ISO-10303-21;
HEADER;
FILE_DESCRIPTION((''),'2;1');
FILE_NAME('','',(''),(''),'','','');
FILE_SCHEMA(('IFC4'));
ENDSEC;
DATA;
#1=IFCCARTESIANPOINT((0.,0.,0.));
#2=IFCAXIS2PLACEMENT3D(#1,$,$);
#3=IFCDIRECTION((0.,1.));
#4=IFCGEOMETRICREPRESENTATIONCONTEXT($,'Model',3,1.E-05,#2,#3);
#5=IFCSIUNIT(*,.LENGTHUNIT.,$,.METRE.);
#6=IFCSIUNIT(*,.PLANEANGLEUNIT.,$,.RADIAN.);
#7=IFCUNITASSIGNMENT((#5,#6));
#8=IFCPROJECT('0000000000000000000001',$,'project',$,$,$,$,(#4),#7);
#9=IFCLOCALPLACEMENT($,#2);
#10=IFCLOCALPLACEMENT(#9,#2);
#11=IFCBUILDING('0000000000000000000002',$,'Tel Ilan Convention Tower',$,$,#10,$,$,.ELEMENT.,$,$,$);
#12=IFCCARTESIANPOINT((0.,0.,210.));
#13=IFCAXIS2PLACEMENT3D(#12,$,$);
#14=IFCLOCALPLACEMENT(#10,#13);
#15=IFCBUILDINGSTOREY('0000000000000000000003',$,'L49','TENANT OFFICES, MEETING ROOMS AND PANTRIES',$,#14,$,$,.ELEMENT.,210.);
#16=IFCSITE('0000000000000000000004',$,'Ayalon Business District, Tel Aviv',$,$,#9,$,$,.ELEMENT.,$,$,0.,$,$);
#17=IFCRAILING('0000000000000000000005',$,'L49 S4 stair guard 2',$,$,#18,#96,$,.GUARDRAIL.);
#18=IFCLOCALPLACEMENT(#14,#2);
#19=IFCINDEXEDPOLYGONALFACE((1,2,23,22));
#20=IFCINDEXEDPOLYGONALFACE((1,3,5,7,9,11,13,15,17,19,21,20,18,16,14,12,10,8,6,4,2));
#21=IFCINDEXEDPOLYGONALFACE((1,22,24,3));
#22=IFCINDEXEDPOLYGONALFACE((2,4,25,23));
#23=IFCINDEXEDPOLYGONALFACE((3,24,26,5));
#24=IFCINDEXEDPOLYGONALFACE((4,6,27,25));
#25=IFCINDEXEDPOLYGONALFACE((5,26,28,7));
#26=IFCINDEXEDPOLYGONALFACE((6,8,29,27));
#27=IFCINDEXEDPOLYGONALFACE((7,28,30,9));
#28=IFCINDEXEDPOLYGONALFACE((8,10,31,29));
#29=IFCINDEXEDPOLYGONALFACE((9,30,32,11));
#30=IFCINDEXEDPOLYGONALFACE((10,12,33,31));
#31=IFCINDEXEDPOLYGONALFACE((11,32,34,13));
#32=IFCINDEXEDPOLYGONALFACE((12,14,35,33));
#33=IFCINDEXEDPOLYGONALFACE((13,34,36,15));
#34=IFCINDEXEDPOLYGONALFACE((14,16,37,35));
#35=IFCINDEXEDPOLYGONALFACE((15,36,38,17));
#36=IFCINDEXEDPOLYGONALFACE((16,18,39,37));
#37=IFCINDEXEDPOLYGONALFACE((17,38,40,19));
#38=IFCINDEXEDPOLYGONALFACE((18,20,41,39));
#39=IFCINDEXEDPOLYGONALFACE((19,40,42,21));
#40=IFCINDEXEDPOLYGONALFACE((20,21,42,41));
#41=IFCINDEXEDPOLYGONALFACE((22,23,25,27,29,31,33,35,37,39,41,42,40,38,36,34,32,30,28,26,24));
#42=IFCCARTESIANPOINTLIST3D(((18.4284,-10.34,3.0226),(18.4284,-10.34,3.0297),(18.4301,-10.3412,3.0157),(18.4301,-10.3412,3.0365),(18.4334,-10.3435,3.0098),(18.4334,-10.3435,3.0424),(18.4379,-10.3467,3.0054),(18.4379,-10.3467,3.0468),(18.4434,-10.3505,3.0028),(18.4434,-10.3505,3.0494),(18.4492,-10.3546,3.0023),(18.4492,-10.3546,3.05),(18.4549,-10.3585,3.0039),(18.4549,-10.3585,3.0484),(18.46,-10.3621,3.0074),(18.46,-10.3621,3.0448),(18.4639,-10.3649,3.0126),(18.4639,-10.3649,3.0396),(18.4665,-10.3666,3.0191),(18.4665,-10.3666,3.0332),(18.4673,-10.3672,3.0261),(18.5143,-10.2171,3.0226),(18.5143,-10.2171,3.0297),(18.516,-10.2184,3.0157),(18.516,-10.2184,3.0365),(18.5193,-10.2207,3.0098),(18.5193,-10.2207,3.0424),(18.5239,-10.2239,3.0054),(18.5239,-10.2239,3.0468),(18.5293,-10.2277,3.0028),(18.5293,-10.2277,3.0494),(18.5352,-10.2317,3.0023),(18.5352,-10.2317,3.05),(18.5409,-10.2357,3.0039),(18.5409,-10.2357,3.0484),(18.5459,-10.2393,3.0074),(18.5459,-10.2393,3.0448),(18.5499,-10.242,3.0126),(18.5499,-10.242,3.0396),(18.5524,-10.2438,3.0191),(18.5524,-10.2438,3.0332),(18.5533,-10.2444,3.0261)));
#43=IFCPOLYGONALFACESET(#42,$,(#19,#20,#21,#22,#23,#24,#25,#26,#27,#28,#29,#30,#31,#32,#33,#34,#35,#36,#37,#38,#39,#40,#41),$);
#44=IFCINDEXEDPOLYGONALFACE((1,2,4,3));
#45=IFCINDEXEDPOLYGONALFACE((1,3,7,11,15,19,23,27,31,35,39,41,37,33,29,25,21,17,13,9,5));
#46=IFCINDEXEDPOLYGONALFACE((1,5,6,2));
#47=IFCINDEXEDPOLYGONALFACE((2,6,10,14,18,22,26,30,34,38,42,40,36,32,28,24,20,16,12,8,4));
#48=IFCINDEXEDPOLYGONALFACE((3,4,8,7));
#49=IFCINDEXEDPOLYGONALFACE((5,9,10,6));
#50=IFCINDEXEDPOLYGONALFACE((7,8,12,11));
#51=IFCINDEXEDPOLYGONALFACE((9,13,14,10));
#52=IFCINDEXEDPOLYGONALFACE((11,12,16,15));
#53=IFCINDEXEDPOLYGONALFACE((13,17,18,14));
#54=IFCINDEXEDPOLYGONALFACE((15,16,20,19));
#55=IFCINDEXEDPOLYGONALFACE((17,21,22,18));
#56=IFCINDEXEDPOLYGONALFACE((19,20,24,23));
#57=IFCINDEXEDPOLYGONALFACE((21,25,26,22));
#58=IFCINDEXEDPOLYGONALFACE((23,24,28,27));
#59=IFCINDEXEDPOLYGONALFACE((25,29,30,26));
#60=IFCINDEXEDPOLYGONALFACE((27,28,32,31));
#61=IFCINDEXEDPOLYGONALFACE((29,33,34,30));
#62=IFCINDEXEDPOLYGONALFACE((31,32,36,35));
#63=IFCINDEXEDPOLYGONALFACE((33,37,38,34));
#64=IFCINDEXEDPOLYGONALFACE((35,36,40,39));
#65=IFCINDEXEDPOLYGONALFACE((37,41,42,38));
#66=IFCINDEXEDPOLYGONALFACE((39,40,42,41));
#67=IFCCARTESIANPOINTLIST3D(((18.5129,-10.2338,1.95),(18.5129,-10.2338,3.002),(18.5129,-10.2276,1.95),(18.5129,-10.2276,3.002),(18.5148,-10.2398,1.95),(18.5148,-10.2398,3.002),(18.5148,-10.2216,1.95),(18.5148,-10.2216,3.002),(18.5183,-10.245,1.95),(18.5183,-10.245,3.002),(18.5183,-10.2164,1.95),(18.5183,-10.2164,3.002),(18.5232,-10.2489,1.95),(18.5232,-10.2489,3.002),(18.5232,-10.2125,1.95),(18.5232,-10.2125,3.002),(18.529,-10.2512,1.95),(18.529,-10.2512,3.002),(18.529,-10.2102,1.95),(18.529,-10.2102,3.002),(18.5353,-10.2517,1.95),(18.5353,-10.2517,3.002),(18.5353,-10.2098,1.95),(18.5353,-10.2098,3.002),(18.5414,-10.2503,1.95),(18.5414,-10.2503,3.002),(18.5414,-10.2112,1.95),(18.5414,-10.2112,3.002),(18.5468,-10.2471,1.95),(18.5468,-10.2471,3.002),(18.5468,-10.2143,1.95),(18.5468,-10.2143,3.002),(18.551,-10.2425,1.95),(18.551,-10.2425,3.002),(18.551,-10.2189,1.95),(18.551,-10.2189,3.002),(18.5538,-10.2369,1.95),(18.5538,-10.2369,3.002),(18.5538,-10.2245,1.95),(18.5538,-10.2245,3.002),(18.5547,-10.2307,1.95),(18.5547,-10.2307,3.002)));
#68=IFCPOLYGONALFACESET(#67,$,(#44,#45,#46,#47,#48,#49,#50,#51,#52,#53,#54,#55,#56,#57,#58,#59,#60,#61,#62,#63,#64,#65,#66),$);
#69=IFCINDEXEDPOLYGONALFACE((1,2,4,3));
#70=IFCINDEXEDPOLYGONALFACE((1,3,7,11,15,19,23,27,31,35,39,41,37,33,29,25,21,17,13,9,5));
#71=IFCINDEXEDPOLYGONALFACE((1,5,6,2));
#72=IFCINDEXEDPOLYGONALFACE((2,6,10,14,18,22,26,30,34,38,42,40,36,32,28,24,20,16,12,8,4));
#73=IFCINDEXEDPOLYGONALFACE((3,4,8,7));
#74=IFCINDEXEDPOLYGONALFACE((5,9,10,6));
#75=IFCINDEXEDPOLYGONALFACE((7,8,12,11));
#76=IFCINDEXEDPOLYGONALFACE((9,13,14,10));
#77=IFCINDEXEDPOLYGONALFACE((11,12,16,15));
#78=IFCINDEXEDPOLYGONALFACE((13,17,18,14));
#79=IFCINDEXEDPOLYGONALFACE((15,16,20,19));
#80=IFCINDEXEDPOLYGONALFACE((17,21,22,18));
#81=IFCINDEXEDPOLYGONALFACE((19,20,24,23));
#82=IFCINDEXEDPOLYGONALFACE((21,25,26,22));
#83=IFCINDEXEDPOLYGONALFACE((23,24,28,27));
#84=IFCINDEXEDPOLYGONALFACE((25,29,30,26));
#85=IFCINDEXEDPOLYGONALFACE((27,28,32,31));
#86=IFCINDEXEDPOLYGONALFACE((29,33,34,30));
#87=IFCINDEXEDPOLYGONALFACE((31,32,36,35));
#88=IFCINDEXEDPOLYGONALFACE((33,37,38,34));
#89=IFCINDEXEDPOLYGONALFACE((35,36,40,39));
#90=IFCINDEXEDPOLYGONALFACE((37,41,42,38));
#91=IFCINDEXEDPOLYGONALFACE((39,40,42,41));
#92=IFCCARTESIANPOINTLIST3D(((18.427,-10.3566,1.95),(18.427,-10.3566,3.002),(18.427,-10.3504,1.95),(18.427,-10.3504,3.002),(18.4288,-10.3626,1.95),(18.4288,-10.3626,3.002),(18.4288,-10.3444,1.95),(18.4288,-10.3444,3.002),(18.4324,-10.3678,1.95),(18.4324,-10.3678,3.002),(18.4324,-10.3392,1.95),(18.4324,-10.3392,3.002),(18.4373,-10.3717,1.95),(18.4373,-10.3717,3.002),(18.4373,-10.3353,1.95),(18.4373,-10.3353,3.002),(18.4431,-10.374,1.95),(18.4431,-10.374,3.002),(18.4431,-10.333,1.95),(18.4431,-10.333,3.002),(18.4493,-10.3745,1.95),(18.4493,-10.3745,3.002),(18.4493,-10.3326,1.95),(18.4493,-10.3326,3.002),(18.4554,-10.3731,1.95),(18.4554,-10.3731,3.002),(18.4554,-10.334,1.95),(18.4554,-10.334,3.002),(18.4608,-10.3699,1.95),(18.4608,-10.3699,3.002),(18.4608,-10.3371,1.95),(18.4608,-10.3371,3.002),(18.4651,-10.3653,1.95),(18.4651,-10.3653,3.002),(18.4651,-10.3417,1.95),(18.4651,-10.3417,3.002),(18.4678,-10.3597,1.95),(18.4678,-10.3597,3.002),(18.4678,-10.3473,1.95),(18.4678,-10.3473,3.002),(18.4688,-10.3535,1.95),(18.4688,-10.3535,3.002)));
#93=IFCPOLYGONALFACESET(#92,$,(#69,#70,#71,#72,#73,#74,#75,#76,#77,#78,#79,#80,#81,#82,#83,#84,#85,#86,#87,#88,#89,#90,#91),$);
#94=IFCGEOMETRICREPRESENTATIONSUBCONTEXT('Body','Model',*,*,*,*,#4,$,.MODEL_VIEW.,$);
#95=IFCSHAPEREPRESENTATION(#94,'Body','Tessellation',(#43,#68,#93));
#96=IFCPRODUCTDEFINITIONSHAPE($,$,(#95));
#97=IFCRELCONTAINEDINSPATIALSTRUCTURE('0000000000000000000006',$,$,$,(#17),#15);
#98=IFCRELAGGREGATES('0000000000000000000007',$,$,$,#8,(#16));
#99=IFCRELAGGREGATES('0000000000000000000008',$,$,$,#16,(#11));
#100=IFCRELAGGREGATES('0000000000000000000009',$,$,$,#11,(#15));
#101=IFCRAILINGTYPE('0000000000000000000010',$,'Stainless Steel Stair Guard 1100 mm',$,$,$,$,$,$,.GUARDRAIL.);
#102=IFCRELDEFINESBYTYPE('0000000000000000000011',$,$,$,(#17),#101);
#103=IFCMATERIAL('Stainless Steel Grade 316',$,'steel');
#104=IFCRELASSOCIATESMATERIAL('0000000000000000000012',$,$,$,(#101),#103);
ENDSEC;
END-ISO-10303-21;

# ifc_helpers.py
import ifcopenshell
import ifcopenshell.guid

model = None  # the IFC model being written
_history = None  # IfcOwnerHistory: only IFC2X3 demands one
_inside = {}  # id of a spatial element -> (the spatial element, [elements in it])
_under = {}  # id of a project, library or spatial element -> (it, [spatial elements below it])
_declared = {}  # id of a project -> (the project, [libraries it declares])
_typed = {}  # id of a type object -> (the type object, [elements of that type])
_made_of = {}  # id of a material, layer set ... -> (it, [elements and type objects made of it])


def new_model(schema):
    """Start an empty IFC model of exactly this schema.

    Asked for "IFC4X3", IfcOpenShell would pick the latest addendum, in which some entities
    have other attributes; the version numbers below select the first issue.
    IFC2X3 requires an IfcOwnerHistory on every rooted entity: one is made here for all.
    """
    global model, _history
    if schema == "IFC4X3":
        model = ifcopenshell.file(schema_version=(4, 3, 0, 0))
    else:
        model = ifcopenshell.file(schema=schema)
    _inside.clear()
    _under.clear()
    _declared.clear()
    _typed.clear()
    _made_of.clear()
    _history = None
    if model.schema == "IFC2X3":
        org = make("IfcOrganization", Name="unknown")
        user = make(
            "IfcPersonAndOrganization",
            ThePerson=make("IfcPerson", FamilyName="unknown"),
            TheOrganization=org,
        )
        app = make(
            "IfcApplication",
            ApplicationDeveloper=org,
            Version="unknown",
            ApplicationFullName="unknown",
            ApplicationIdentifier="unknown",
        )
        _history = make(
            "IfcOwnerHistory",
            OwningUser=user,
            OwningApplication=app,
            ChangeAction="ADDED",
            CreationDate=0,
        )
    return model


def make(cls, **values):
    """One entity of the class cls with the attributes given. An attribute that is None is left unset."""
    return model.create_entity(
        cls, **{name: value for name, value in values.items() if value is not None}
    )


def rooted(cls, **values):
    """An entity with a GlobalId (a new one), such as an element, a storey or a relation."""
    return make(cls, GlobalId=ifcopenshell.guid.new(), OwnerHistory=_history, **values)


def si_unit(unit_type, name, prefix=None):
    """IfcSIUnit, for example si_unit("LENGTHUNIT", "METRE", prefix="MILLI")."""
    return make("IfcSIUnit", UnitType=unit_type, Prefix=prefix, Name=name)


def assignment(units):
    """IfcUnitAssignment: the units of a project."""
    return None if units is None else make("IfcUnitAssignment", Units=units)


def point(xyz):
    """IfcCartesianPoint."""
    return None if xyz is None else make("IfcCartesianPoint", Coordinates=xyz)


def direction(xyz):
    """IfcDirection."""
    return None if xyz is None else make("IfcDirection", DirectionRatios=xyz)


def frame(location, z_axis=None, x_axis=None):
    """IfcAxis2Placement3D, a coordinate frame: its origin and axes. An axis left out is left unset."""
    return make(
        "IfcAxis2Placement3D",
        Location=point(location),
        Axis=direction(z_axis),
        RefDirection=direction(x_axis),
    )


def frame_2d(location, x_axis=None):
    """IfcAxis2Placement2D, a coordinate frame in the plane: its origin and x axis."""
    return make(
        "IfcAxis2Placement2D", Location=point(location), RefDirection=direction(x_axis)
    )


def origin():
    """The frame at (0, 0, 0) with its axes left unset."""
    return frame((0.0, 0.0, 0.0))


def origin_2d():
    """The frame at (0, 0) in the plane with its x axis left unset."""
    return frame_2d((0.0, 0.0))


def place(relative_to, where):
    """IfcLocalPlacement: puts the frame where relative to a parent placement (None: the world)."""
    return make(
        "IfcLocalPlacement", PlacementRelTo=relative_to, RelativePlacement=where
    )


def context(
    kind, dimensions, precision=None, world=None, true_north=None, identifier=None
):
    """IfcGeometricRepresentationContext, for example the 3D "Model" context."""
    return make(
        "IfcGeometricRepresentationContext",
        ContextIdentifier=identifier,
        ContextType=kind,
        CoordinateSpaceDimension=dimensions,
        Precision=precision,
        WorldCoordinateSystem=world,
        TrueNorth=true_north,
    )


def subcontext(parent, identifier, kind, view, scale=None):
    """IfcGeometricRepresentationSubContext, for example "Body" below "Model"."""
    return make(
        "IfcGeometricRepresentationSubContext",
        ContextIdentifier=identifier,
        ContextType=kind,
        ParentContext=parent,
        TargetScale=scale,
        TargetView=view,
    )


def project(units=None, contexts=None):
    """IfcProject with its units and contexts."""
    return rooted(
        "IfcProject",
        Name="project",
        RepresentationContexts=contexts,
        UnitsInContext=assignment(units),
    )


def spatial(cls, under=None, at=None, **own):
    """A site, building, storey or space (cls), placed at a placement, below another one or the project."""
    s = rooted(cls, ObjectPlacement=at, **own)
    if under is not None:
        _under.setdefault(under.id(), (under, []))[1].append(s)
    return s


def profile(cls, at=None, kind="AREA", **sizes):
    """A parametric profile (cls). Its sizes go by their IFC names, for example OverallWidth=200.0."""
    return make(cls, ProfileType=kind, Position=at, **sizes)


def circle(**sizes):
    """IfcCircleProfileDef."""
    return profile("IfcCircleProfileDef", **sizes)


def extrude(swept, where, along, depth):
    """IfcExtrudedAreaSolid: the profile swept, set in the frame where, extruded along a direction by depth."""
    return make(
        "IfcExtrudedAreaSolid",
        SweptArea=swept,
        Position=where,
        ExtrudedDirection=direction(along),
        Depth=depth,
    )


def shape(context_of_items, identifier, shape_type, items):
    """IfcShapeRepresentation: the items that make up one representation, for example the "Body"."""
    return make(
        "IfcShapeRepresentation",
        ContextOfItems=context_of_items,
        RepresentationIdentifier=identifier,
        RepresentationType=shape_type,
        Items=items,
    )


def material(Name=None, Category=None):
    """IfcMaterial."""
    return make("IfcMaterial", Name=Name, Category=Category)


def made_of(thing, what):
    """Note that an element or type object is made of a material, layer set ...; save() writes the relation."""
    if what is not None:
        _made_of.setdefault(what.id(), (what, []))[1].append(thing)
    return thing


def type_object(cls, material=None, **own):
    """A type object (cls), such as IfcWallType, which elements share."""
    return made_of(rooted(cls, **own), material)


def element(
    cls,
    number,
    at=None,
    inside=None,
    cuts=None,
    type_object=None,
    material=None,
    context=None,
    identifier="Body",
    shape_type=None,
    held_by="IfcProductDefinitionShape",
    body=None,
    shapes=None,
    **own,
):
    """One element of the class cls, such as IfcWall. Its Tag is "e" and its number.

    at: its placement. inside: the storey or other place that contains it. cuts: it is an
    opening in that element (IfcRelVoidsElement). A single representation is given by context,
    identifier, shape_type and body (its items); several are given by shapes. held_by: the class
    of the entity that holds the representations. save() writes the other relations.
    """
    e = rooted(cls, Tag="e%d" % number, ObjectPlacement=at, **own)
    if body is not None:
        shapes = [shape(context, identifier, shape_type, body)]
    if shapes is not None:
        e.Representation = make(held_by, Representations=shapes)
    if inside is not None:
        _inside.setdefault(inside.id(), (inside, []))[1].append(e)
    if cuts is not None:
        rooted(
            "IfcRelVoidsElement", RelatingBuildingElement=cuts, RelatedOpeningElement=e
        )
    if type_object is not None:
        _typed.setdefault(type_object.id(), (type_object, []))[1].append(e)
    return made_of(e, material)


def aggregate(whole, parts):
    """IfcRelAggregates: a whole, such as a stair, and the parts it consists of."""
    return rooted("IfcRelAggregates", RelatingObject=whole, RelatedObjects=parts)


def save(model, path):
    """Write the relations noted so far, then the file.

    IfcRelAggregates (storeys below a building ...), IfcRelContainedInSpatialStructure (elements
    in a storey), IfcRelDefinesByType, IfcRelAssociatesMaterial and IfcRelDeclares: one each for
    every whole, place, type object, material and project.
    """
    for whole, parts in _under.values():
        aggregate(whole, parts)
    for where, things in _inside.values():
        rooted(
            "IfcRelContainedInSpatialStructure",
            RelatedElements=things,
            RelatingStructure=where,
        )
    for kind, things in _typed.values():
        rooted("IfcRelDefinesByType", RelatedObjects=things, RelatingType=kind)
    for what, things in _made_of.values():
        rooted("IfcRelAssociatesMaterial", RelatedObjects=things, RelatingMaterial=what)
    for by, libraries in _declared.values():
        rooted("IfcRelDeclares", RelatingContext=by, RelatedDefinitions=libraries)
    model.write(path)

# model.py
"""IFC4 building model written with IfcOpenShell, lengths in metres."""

from ifc_helpers import new_model, si_unit, direction, frame, origin, origin_2d, place, context, subcontext, project, spatial, circle, extrude, material, type_object, element, save


model = new_model("IFC4")

# Units and contexts
model_context = context("Model", 3, precision=1e-05, world=origin(), true_north=direction((0.0, 1.0)))
body_context = subcontext(model_context, "Body", "Model", "MODEL_VIEW")
ifc_project = project(units=[si_unit("LENGTHUNIT", "METRE"), si_unit("PLANEANGLEUNIT", "RADIAN")], contexts=[model_context])

# Site, building, storey
site_placement = place(None, origin())
site = spatial("IfcSite", under=ifc_project, at=site_placement, Name="Ayalon Business District, Tel Aviv", CompositionType="ELEMENT", RefElevation=0.0)
building_placement = place(site_placement, origin())
building = spatial("IfcBuilding", under=site, at=building_placement, Name="Tel Ilan Convention Tower", CompositionType="ELEMENT")
storey_placement = place(building_placement, frame((0.0, 0.0, 210.0)))
storey = spatial("IfcBuildingStorey", under=building, at=storey_placement, Name="L49", Description="TENANT OFFICES, MEETING ROOMS AND PANTRIES", CompositionType="ELEMENT", Elevation=210.0)

# Railing
ifc_material_1 = material(Name="Stainless Steel Grade 316", Category="steel")
railing_type_1 = type_object("IfcRailingType", Name="Stainless Steel Stair Guard 1100 mm", PredefinedType="GUARDRAIL", material=ifc_material_1)
railing_1_placement = place(storey_placement, frame((18.5337, -10.2307, 1.95)))
element("IfcRailing", 1, at=railing_1_placement, inside=storey, type_object=railing_type_1, Name="L49 S4 stair guard 2", PredefinedType="GUARDRAIL", context=body_context, shape_type="SweptSolid", body=[
    extrude(circle(Radius=0.0239, at=origin_2d()), frame((0.0, 0.0, 1.0762), z_axis=(-0.573353, -0.819308, 0.0), x_axis=(0.819308, -0.573353, 0.0)), (0.0, 0.0, 1.0), 0.1499),
    extrude(circle(Radius=0.021, at=origin_2d()), origin(), (0.0, 0.0, 1.0), 1.052),
    extrude(circle(Radius=0.021, at=origin_2d()), frame((-0.0859, -0.1228, 0.0)), (0.0, 0.0, 1.0), 1.052),
])

save(model, "model.ifc")
